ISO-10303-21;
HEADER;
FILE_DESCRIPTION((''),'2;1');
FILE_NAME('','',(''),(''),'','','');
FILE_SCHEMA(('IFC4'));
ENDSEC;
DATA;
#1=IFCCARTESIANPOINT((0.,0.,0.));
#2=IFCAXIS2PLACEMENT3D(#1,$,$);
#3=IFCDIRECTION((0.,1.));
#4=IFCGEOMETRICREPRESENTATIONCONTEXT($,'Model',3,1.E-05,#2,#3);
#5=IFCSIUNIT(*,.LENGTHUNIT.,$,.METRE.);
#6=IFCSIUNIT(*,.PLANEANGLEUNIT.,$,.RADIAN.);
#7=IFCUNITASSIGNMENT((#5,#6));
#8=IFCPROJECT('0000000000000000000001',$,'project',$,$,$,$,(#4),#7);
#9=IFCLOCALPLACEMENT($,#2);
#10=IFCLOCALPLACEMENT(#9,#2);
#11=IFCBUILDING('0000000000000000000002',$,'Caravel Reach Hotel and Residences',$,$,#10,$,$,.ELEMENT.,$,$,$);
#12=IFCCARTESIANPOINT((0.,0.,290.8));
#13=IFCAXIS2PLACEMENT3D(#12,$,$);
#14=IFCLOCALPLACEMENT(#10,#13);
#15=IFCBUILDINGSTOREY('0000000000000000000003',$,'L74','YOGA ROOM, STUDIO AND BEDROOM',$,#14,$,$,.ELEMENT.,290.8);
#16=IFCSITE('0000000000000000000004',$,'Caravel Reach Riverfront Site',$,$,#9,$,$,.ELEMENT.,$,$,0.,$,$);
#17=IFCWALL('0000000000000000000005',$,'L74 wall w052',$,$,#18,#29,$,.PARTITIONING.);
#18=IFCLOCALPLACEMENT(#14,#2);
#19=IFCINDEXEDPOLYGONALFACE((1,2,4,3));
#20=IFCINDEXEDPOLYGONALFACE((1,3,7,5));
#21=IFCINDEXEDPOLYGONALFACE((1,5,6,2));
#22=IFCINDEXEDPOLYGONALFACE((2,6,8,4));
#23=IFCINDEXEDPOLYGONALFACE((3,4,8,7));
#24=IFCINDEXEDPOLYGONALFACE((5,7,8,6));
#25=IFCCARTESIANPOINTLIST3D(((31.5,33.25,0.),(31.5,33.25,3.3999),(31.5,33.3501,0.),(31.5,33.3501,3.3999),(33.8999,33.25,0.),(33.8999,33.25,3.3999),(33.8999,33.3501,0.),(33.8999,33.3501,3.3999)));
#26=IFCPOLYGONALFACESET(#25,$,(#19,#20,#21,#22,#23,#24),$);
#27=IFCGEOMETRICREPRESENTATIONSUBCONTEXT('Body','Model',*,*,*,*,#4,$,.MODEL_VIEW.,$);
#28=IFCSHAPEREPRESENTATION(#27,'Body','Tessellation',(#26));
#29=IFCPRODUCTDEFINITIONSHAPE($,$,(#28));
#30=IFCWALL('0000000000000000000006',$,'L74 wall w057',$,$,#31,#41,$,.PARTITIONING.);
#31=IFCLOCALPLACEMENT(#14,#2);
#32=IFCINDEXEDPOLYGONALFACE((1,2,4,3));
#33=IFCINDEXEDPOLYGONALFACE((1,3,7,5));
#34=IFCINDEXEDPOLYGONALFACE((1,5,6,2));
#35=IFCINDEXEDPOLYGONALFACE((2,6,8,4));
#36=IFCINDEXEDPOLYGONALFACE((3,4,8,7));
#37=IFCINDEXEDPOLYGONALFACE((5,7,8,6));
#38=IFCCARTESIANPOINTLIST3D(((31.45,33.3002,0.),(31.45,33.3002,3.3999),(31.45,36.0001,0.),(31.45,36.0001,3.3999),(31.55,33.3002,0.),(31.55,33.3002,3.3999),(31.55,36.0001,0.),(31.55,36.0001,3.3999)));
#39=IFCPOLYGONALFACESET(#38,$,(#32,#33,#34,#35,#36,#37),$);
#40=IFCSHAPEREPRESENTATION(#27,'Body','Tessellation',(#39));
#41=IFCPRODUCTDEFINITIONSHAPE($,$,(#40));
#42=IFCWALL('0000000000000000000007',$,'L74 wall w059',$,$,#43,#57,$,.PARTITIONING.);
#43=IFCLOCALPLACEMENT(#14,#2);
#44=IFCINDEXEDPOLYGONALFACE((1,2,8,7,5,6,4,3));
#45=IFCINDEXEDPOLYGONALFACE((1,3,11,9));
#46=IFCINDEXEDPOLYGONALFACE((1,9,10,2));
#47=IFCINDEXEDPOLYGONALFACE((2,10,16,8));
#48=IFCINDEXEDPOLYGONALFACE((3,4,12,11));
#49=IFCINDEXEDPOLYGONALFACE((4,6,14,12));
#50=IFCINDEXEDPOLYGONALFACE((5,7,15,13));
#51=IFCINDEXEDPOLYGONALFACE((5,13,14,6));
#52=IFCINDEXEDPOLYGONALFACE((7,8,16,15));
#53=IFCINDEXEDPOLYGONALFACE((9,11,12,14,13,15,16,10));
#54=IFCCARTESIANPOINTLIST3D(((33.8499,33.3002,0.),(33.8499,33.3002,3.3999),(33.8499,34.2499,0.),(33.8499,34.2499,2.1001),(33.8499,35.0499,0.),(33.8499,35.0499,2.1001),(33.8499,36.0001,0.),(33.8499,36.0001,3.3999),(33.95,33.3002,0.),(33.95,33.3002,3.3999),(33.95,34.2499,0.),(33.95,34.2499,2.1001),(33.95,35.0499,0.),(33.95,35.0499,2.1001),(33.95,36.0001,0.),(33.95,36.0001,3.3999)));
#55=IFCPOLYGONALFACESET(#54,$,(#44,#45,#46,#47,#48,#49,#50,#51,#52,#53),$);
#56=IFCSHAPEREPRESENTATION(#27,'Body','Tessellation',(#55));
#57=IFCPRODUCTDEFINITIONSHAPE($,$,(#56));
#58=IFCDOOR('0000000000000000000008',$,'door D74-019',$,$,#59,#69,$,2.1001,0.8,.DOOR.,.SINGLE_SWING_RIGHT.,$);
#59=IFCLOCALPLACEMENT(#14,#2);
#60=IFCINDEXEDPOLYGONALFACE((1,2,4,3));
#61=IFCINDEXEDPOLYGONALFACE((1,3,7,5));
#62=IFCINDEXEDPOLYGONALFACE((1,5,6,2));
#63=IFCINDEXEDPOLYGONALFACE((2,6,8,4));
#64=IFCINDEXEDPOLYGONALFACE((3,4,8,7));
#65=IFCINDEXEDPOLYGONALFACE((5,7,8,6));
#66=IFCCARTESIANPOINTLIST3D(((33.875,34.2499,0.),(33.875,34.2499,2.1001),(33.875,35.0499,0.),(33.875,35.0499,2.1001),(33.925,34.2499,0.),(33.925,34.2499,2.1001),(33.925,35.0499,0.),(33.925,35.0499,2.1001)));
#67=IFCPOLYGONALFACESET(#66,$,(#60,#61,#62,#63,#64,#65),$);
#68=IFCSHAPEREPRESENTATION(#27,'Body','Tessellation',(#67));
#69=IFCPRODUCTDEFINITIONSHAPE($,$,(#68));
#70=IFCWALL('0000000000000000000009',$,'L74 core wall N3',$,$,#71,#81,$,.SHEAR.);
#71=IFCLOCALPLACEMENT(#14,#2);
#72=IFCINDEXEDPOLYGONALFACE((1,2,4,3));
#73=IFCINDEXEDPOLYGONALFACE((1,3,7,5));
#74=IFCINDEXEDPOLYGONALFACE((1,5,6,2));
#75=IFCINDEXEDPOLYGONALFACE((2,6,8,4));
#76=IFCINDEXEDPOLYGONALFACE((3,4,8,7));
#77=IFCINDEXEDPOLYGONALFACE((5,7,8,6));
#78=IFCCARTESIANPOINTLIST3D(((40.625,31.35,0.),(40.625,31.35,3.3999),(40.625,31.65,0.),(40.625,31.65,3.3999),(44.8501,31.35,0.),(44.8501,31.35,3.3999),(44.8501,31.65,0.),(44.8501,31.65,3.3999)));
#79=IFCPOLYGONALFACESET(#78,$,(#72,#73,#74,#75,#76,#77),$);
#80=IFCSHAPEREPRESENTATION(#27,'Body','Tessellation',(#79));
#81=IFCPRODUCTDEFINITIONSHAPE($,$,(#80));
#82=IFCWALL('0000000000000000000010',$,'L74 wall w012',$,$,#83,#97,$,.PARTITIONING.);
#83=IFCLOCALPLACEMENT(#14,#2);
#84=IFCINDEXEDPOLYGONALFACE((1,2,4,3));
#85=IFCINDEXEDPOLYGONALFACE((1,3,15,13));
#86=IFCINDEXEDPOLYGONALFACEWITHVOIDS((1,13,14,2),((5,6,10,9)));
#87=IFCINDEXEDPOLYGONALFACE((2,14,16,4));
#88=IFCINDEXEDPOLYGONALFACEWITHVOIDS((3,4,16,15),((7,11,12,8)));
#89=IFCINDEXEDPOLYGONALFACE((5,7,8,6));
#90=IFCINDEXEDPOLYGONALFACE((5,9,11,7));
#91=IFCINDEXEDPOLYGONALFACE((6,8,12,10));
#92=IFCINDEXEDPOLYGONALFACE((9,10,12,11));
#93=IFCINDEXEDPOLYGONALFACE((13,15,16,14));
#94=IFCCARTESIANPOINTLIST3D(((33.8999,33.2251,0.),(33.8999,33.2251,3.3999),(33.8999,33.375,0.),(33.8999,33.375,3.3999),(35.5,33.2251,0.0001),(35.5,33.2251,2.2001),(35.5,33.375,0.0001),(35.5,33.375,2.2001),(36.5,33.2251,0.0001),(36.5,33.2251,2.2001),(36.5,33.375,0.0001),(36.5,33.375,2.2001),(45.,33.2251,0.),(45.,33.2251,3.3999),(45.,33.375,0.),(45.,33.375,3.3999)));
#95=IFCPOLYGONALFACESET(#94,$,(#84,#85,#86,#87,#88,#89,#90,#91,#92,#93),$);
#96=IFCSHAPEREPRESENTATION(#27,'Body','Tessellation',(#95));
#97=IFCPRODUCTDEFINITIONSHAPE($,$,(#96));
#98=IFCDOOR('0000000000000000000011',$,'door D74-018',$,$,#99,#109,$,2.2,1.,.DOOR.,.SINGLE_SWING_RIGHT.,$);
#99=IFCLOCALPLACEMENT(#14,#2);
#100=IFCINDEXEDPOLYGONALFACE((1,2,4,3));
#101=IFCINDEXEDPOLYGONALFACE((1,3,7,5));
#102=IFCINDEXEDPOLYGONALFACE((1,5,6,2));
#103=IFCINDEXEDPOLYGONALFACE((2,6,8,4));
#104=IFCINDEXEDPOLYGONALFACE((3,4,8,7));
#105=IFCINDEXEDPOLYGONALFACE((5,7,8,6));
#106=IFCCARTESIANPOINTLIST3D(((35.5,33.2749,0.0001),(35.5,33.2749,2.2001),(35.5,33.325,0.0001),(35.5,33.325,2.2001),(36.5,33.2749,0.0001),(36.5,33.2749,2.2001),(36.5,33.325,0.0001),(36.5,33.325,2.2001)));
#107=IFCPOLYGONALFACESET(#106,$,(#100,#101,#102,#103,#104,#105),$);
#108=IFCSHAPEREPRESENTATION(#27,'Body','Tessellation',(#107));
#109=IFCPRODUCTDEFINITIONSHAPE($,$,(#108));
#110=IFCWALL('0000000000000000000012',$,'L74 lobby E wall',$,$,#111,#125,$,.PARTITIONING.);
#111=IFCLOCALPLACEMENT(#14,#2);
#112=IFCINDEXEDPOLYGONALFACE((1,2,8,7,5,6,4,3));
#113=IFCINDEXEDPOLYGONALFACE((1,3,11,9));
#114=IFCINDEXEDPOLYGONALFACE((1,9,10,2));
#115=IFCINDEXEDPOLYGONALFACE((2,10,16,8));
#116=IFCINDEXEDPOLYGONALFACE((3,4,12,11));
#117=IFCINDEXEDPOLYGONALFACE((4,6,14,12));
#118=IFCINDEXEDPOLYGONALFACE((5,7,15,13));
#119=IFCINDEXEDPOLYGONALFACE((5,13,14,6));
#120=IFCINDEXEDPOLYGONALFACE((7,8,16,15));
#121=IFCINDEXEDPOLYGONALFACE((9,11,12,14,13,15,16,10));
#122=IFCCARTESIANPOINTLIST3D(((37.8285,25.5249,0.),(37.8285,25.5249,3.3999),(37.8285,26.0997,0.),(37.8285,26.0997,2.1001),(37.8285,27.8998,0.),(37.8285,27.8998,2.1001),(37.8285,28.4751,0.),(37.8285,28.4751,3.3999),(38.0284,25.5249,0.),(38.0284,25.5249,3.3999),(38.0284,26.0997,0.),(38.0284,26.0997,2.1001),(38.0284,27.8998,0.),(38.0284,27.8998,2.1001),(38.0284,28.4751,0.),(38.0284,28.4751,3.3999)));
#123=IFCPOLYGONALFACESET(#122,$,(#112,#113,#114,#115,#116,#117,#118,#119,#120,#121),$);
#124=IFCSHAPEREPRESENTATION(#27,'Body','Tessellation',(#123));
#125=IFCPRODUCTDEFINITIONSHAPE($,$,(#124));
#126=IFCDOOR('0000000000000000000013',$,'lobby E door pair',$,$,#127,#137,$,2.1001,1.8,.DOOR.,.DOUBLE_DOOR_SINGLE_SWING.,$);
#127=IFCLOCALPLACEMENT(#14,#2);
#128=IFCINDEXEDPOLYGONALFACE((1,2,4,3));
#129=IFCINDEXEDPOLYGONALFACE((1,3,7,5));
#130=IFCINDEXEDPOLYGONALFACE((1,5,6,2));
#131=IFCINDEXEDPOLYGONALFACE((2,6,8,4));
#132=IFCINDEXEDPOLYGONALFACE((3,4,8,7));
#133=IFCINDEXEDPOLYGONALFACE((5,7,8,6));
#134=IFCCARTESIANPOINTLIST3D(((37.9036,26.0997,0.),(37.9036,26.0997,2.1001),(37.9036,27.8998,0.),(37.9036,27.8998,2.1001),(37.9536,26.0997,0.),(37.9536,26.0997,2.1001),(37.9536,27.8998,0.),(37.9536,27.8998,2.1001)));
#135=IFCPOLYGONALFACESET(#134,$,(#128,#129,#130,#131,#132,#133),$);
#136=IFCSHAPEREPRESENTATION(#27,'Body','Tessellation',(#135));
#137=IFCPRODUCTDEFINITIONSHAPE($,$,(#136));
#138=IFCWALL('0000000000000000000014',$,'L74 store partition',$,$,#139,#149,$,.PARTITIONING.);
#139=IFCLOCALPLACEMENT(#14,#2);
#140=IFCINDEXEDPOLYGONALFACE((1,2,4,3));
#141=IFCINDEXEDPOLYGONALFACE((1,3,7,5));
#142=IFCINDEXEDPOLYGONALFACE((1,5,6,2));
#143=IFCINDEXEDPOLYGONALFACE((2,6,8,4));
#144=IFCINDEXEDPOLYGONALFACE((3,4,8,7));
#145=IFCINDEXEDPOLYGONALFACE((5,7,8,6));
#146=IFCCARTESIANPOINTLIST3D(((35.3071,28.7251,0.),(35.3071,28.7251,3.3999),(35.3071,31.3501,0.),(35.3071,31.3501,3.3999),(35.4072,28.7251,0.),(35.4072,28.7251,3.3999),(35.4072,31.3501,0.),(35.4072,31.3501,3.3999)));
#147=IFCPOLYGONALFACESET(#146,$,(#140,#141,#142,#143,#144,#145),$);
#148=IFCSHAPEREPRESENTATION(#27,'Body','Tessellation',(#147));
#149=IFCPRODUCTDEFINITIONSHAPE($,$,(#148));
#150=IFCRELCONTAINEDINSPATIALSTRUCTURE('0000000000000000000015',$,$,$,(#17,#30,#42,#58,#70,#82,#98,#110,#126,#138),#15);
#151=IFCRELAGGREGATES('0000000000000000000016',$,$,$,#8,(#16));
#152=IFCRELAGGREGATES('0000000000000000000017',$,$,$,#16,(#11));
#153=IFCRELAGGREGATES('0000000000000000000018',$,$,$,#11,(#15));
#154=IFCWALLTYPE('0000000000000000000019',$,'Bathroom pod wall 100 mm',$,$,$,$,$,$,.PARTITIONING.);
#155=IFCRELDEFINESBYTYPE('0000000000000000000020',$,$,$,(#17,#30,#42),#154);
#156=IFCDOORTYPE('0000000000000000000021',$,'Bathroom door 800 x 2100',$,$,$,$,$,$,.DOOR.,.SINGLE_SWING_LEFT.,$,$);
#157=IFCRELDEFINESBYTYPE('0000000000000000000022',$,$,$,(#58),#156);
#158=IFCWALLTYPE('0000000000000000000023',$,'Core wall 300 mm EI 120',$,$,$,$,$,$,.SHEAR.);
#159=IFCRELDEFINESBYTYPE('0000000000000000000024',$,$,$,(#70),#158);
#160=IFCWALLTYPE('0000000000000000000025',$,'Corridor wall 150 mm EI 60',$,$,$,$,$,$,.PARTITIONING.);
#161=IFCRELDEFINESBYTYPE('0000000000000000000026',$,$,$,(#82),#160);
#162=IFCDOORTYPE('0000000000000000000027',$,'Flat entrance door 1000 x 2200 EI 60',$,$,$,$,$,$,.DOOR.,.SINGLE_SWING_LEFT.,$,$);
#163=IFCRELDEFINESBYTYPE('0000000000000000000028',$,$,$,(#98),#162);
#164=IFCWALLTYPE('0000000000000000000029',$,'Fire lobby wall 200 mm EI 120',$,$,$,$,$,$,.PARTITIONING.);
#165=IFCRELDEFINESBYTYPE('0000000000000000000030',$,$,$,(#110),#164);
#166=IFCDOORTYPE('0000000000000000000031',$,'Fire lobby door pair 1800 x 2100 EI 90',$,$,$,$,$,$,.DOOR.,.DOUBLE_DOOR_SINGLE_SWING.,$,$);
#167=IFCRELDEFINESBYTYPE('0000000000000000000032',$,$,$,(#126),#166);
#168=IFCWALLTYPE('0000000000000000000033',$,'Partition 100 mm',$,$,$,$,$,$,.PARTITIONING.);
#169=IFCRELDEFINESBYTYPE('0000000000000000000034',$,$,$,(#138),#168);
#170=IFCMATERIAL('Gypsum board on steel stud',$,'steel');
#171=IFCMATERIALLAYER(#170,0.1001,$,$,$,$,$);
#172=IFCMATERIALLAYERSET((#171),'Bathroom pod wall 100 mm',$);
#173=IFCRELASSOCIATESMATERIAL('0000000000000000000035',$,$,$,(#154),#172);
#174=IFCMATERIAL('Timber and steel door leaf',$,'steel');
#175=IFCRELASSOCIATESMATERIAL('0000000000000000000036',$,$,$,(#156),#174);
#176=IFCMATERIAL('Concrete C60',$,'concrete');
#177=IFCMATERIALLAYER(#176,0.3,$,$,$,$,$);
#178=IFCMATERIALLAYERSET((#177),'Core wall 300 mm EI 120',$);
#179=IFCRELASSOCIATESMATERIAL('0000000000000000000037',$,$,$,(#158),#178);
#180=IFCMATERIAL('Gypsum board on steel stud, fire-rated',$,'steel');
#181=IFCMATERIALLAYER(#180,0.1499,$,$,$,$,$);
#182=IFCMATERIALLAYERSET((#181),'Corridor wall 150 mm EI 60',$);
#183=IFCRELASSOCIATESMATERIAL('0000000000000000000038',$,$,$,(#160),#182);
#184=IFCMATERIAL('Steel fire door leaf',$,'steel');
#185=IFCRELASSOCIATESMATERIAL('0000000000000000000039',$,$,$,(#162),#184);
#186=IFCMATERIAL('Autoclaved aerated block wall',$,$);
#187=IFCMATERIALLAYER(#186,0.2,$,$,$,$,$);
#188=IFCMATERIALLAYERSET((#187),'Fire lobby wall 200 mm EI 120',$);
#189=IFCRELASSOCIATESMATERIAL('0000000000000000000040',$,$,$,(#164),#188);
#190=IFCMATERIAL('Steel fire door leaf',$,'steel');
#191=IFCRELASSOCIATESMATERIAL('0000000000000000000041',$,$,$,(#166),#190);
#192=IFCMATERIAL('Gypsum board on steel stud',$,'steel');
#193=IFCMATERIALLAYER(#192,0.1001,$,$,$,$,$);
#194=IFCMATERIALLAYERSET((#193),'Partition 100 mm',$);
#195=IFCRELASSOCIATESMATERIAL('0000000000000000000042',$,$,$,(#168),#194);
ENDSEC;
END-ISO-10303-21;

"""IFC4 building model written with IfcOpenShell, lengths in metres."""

from ifc_helpers import new_model, si_unit, direction, frame, frame_2d, origin, place, context, subcontext, project, spatial, rectangle, extrude, material, layer, layer_set, type_object, element, fill, save


model = new_model("IFC4")

# Units and contexts
model_context = context("Model", 3, precision=1e-05, world=origin(), true_north=direction((0.0, 1.0)))
body_context = subcontext(model_context, "Body", "Model", "MODEL_VIEW")
ifc_project = project(units=[si_unit("LENGTHUNIT", "METRE"), si_unit("PLANEANGLEUNIT", "RADIAN")], contexts=[model_context])

# Site, building, storey
site_placement = place(None, origin())
site = spatial("IfcSite", under=ifc_project, at=site_placement, Name="Caravel Reach Riverfront Site", CompositionType="ELEMENT", RefElevation=0.0)
building_placement = place(site_placement, origin())
building = spatial("IfcBuilding", under=site, at=building_placement, Name="Caravel Reach Hotel and Residences", CompositionType="ELEMENT")
storey_placement = place(building_placement, frame((0.0, 0.0, 290.8)))
storey = spatial("IfcBuildingStorey", under=building, at=storey_placement, Name="L74", Description="YOGA ROOM, STUDIO AND BEDROOM", CompositionType="ELEMENT", Elevation=290.8)

# Walls
ifc_material_1 = material(Name="Gypsum board on steel stud", Category="steel")
ifc_layer_1 = layer(ifc_material_1, 0.1001)
ifc_layer_set_1 = layer_set([ifc_layer_1], Name="Bathroom pod wall 100 mm")
wall_type_1 = type_object("IfcWallType", Name="Bathroom pod wall 100 mm", PredefinedType="PARTITIONING", material=ifc_layer_set_1)
wall_1_placement = place(storey_placement, frame((31.5, 33.3, 0.0), z_axis=(0.0, 0.0, 1.0), x_axis=(1.0, 0.0, 0.0)))
element("IfcWall", 1, at=wall_1_placement, inside=storey, type_object=wall_type_1, Name="L74 wall w052", PredefinedType="PARTITIONING", context=body_context, shape_type="SweptSolid", body=[
    extrude(rectangle(XDim=2.3999, YDim=0.1001, at=frame_2d((1.2, 0.0))), origin(), (0.0, 0.0, 1.0), 3.3999),
])
wall_2_placement = place(storey_placement, frame((31.5, 33.3, 0.0), z_axis=(0.0, 0.0, 1.0), x_axis=(0.0, 1.0, 0.0)))
element("IfcWall", 2, at=wall_2_placement, inside=storey, type_object=wall_type_1, Name="L74 wall w057", PredefinedType="PARTITIONING", context=body_context, shape_type="SweptSolid", body=[
    extrude(rectangle(XDim=2.7, YDim=0.1001, at=frame_2d((1.3501, 0.0))), origin(), (0.0, 0.0, 1.0), 3.3999),
])

# Wall, opening, door
wall_3_placement = place(storey_placement, frame((33.8999, 33.3, 0.0), z_axis=(0.0, 0.0, 1.0), x_axis=(0.0, 1.0, 0.0)))
wall_3 = element("IfcWall", 3, at=wall_3_placement, inside=storey, type_object=wall_type_1, Name="L74 wall w059", PredefinedType="PARTITIONING", context=body_context, shape_type="SweptSolid", body=[
    extrude(rectangle(XDim=2.7, YDim=0.1001, at=frame_2d((1.3501, 0.0))), origin(), (0.0, 0.0, 1.0), 3.3999),
])
opening_1_placement = place(wall_3_placement, frame((0.95, 0.0, 0.0)))
opening_1 = element("IfcOpeningElement", 4, at=opening_1_placement, cuts=wall_3, PredefinedType="OPENING", context=body_context, shape_type="SweptSolid", body=[
    extrude(rectangle(XDim=0.8, YDim=2.1001, at=frame_2d((0.3999, 1.05))), frame((0.0, 0.0601, 0.0), z_axis=(0.0, -1.0, 0.0), x_axis=(1.0, 0.0, 0.0)), (0.0, 0.0, 1.0), 0.1201),
])
ifc_material_2 = material(Name="Timber and steel door leaf", Category="steel")
door_type_1 = type_object("IfcDoorType", Name="Bathroom door 800 x 2100", OperationType="SINGLE_SWING_LEFT", PredefinedType="DOOR", material=ifc_material_2)
door_1_placement = place(opening_1_placement, origin())
door_1 = element("IfcDoor", 5, at=door_1_placement, inside=storey, type_object=door_type_1, Name="door D74-019", OperationType="SINGLE_SWING_RIGHT", OverallHeight=2.1001, OverallWidth=0.8, PredefinedType="DOOR", context=body_context, shape_type="SweptSolid", body=[
    extrude(rectangle(XDim=0.8, YDim=2.1001, at=frame_2d((0.3999, 1.05))), frame((0.0, 0.0249, 0.0), z_axis=(0.0, -1.0, 0.0), x_axis=(1.0, 0.0, 0.0)), (0.0, 0.0, 1.0), 0.05),
])
fill(opening_1, door_1)

# Wall
ifc_material_3 = material(Name="Concrete C60", Category="concrete")
ifc_layer_2 = layer(ifc_material_3, 0.3)
ifc_layer_set_2 = layer_set([ifc_layer_2], Name="Core wall 300 mm EI 120")
wall_type_2 = type_object("IfcWallType", Name="Core wall 300 mm EI 120", PredefinedType="SHEAR", material=ifc_layer_set_2)
wall_4_placement = place(storey_placement, frame((40.625, 31.5, 0.0), z_axis=(0.0, 0.0, 1.0), x_axis=(1.0, 0.0, 0.0)))
element("IfcWall", 6, at=wall_4_placement, inside=storey, type_object=wall_type_2, Name="L74 core wall N3", PredefinedType="SHEAR", context=body_context, shape_type="SweptSolid", body=[
    extrude(rectangle(XDim=4.2251, YDim=0.3, at=frame_2d((2.1125, 0.0))), origin(), (0.0, 0.0, 1.0), 3.3999),
])

# Walls, openings, doors
ifc_material_4 = material(Name="Gypsum board on steel stud, fire-rated", Category="steel")
ifc_layer_3 = layer(ifc_material_4, 0.1499)
ifc_layer_set_3 = layer_set([ifc_layer_3], Name="Corridor wall 150 mm EI 60")
wall_type_3 = type_object("IfcWallType", Name="Corridor wall 150 mm EI 60", PredefinedType="PARTITIONING", material=ifc_layer_set_3)
wall_5_placement = place(storey_placement, frame((33.8999, 33.3, 0.0), z_axis=(0.0, 0.0, 1.0), x_axis=(1.0, 0.0, 0.0)))
wall_5 = element("IfcWall", 7, at=wall_5_placement, inside=storey, type_object=wall_type_3, Name="L74 wall w012", PredefinedType="PARTITIONING", context=body_context, shape_type="SweptSolid", body=[
    extrude(rectangle(XDim=11.1001, YDim=0.1499, at=frame_2d((5.55, 0.0))), origin(), (0.0, 0.0, 1.0), 3.3999),
])
opening_2_placement = place(wall_5_placement, frame((1.6001, 0.0, 0.0)))
opening_2 = element("IfcOpeningElement", 8, at=opening_2_placement, cuts=wall_5, PredefinedType="OPENING", context=body_context, shape_type="SweptSolid", body=[
    extrude(rectangle(XDim=1.0, YDim=2.2, at=frame_2d((0.5, 1.1001))), frame((0.0, 0.085, 0.0), z_axis=(0.0, -1.0, 0.0), x_axis=(1.0, 0.0, 0.0)), (0.0, 0.0, 1.0), 0.1699),
])
ifc_material_5 = material(Name="Steel fire door leaf", Category="steel")
door_type_2 = type_object("IfcDoorType", Name="Flat entrance door 1000 x 2200 EI 60", OperationType="SINGLE_SWING_LEFT", PredefinedType="DOOR", material=ifc_material_5)
door_2_placement = place(opening_2_placement, origin())
door_2 = element("IfcDoor", 9, at=door_2_placement, inside=storey, type_object=door_type_2, Name="door D74-018", OperationType="SINGLE_SWING_RIGHT", OverallHeight=2.2, OverallWidth=1.0, PredefinedType="DOOR", context=body_context, shape_type="SweptSolid", body=[
    extrude(rectangle(XDim=1.0, YDim=2.2, at=frame_2d((0.5, 1.1001))), frame((0.0, 0.0249, 0.0), z_axis=(0.0, -1.0, 0.0), x_axis=(1.0, 0.0, 0.0)), (0.0, 0.0, 1.0), 0.05),
])
fill(opening_2, door_2)
ifc_material_6 = material(Name="Autoclaved aerated block wall")
ifc_layer_4 = layer(ifc_material_6, 0.2)
ifc_layer_set_4 = layer_set([ifc_layer_4], Name="Fire lobby wall 200 mm EI 120")
wall_type_4 = type_object("IfcWallType", Name="Fire lobby wall 200 mm EI 120", PredefinedType="PARTITIONING", material=ifc_layer_set_4)
wall_6_placement = place(storey_placement, frame((37.9285, 25.5249, 0.0), z_axis=(0.0, 0.0, 1.0), x_axis=(0.0, 1.0, 0.0)))
wall_6 = element("IfcWall", 10, at=wall_6_placement, inside=storey, type_object=wall_type_4, Name="L74 lobby E wall", PredefinedType="PARTITIONING", context=body_context, shape_type="SweptSolid", body=[
    extrude(rectangle(XDim=2.9502, YDim=0.2, at=frame_2d((1.4751, 0.0))), origin(), (0.0, 0.0, 1.0), 3.3999),
])
opening_3_placement = place(wall_6_placement, frame((0.575, 0.0, 0.0)))
opening_3 = element("IfcOpeningElement", 11, at=opening_3_placement, cuts=wall_6, PredefinedType="OPENING", context=body_context, shape_type="SweptSolid", body=[
    extrude(rectangle(XDim=1.8, YDim=2.1001, at=frame_2d((0.8999, 1.05))), frame((0.0, 0.1099, 0.0), z_axis=(0.0, -1.0, 0.0), x_axis=(1.0, 0.0, 0.0)), (0.0, 0.0, 1.0), 0.22),
])
ifc_material_7 = material(Name="Steel fire door leaf", Category="steel")
door_type_3 = type_object("IfcDoorType", Name="Fire lobby door pair 1800 x 2100 EI 90", OperationType="DOUBLE_DOOR_SINGLE_SWING", PredefinedType="DOOR", material=ifc_material_7)
door_3_placement = place(opening_3_placement, origin())
door_3 = element("IfcDoor", 12, at=door_3_placement, inside=storey, type_object=door_type_3, Name="lobby E door pair", OperationType="DOUBLE_DOOR_SINGLE_SWING", OverallHeight=2.1001, OverallWidth=1.8, PredefinedType="DOOR", context=body_context, shape_type="SweptSolid", body=[
    extrude(rectangle(XDim=1.8, YDim=2.1001, at=frame_2d((0.8999, 1.05))), frame((0.0, 0.0249, 0.0), z_axis=(0.0, -1.0, 0.0), x_axis=(1.0, 0.0, 0.0)), (0.0, 0.0, 1.0), 0.05),
])
fill(opening_3, door_3)

# Wall
ifc_material_8 = material(Name="Gypsum board on steel stud", Category="steel")
ifc_layer_5 = layer(ifc_material_8, 0.1001)
ifc_layer_set_5 = layer_set([ifc_layer_5], Name="Partition 100 mm")
wall_type_5 = type_object("IfcWallType", Name="Partition 100 mm", PredefinedType="PARTITIONING", material=ifc_layer_set_5)
wall_7_placement = place(storey_placement, frame((35.3572, 28.7251, 0.0), z_axis=(0.0, 0.0, 1.0), x_axis=(0.0, 1.0, 0.0)))
element("IfcWall", 13, at=wall_7_placement, inside=storey, type_object=wall_type_5, Name="L74 store partition", PredefinedType="PARTITIONING", context=body_context, shape_type="SweptSolid", body=[
    extrude(rectangle(XDim=2.625, YDim=0.1001, at=frame_2d((1.3125, 0.0))), origin(), (0.0, 0.0, 1.0), 3.3999),
])

save(model, "model.ifc")
